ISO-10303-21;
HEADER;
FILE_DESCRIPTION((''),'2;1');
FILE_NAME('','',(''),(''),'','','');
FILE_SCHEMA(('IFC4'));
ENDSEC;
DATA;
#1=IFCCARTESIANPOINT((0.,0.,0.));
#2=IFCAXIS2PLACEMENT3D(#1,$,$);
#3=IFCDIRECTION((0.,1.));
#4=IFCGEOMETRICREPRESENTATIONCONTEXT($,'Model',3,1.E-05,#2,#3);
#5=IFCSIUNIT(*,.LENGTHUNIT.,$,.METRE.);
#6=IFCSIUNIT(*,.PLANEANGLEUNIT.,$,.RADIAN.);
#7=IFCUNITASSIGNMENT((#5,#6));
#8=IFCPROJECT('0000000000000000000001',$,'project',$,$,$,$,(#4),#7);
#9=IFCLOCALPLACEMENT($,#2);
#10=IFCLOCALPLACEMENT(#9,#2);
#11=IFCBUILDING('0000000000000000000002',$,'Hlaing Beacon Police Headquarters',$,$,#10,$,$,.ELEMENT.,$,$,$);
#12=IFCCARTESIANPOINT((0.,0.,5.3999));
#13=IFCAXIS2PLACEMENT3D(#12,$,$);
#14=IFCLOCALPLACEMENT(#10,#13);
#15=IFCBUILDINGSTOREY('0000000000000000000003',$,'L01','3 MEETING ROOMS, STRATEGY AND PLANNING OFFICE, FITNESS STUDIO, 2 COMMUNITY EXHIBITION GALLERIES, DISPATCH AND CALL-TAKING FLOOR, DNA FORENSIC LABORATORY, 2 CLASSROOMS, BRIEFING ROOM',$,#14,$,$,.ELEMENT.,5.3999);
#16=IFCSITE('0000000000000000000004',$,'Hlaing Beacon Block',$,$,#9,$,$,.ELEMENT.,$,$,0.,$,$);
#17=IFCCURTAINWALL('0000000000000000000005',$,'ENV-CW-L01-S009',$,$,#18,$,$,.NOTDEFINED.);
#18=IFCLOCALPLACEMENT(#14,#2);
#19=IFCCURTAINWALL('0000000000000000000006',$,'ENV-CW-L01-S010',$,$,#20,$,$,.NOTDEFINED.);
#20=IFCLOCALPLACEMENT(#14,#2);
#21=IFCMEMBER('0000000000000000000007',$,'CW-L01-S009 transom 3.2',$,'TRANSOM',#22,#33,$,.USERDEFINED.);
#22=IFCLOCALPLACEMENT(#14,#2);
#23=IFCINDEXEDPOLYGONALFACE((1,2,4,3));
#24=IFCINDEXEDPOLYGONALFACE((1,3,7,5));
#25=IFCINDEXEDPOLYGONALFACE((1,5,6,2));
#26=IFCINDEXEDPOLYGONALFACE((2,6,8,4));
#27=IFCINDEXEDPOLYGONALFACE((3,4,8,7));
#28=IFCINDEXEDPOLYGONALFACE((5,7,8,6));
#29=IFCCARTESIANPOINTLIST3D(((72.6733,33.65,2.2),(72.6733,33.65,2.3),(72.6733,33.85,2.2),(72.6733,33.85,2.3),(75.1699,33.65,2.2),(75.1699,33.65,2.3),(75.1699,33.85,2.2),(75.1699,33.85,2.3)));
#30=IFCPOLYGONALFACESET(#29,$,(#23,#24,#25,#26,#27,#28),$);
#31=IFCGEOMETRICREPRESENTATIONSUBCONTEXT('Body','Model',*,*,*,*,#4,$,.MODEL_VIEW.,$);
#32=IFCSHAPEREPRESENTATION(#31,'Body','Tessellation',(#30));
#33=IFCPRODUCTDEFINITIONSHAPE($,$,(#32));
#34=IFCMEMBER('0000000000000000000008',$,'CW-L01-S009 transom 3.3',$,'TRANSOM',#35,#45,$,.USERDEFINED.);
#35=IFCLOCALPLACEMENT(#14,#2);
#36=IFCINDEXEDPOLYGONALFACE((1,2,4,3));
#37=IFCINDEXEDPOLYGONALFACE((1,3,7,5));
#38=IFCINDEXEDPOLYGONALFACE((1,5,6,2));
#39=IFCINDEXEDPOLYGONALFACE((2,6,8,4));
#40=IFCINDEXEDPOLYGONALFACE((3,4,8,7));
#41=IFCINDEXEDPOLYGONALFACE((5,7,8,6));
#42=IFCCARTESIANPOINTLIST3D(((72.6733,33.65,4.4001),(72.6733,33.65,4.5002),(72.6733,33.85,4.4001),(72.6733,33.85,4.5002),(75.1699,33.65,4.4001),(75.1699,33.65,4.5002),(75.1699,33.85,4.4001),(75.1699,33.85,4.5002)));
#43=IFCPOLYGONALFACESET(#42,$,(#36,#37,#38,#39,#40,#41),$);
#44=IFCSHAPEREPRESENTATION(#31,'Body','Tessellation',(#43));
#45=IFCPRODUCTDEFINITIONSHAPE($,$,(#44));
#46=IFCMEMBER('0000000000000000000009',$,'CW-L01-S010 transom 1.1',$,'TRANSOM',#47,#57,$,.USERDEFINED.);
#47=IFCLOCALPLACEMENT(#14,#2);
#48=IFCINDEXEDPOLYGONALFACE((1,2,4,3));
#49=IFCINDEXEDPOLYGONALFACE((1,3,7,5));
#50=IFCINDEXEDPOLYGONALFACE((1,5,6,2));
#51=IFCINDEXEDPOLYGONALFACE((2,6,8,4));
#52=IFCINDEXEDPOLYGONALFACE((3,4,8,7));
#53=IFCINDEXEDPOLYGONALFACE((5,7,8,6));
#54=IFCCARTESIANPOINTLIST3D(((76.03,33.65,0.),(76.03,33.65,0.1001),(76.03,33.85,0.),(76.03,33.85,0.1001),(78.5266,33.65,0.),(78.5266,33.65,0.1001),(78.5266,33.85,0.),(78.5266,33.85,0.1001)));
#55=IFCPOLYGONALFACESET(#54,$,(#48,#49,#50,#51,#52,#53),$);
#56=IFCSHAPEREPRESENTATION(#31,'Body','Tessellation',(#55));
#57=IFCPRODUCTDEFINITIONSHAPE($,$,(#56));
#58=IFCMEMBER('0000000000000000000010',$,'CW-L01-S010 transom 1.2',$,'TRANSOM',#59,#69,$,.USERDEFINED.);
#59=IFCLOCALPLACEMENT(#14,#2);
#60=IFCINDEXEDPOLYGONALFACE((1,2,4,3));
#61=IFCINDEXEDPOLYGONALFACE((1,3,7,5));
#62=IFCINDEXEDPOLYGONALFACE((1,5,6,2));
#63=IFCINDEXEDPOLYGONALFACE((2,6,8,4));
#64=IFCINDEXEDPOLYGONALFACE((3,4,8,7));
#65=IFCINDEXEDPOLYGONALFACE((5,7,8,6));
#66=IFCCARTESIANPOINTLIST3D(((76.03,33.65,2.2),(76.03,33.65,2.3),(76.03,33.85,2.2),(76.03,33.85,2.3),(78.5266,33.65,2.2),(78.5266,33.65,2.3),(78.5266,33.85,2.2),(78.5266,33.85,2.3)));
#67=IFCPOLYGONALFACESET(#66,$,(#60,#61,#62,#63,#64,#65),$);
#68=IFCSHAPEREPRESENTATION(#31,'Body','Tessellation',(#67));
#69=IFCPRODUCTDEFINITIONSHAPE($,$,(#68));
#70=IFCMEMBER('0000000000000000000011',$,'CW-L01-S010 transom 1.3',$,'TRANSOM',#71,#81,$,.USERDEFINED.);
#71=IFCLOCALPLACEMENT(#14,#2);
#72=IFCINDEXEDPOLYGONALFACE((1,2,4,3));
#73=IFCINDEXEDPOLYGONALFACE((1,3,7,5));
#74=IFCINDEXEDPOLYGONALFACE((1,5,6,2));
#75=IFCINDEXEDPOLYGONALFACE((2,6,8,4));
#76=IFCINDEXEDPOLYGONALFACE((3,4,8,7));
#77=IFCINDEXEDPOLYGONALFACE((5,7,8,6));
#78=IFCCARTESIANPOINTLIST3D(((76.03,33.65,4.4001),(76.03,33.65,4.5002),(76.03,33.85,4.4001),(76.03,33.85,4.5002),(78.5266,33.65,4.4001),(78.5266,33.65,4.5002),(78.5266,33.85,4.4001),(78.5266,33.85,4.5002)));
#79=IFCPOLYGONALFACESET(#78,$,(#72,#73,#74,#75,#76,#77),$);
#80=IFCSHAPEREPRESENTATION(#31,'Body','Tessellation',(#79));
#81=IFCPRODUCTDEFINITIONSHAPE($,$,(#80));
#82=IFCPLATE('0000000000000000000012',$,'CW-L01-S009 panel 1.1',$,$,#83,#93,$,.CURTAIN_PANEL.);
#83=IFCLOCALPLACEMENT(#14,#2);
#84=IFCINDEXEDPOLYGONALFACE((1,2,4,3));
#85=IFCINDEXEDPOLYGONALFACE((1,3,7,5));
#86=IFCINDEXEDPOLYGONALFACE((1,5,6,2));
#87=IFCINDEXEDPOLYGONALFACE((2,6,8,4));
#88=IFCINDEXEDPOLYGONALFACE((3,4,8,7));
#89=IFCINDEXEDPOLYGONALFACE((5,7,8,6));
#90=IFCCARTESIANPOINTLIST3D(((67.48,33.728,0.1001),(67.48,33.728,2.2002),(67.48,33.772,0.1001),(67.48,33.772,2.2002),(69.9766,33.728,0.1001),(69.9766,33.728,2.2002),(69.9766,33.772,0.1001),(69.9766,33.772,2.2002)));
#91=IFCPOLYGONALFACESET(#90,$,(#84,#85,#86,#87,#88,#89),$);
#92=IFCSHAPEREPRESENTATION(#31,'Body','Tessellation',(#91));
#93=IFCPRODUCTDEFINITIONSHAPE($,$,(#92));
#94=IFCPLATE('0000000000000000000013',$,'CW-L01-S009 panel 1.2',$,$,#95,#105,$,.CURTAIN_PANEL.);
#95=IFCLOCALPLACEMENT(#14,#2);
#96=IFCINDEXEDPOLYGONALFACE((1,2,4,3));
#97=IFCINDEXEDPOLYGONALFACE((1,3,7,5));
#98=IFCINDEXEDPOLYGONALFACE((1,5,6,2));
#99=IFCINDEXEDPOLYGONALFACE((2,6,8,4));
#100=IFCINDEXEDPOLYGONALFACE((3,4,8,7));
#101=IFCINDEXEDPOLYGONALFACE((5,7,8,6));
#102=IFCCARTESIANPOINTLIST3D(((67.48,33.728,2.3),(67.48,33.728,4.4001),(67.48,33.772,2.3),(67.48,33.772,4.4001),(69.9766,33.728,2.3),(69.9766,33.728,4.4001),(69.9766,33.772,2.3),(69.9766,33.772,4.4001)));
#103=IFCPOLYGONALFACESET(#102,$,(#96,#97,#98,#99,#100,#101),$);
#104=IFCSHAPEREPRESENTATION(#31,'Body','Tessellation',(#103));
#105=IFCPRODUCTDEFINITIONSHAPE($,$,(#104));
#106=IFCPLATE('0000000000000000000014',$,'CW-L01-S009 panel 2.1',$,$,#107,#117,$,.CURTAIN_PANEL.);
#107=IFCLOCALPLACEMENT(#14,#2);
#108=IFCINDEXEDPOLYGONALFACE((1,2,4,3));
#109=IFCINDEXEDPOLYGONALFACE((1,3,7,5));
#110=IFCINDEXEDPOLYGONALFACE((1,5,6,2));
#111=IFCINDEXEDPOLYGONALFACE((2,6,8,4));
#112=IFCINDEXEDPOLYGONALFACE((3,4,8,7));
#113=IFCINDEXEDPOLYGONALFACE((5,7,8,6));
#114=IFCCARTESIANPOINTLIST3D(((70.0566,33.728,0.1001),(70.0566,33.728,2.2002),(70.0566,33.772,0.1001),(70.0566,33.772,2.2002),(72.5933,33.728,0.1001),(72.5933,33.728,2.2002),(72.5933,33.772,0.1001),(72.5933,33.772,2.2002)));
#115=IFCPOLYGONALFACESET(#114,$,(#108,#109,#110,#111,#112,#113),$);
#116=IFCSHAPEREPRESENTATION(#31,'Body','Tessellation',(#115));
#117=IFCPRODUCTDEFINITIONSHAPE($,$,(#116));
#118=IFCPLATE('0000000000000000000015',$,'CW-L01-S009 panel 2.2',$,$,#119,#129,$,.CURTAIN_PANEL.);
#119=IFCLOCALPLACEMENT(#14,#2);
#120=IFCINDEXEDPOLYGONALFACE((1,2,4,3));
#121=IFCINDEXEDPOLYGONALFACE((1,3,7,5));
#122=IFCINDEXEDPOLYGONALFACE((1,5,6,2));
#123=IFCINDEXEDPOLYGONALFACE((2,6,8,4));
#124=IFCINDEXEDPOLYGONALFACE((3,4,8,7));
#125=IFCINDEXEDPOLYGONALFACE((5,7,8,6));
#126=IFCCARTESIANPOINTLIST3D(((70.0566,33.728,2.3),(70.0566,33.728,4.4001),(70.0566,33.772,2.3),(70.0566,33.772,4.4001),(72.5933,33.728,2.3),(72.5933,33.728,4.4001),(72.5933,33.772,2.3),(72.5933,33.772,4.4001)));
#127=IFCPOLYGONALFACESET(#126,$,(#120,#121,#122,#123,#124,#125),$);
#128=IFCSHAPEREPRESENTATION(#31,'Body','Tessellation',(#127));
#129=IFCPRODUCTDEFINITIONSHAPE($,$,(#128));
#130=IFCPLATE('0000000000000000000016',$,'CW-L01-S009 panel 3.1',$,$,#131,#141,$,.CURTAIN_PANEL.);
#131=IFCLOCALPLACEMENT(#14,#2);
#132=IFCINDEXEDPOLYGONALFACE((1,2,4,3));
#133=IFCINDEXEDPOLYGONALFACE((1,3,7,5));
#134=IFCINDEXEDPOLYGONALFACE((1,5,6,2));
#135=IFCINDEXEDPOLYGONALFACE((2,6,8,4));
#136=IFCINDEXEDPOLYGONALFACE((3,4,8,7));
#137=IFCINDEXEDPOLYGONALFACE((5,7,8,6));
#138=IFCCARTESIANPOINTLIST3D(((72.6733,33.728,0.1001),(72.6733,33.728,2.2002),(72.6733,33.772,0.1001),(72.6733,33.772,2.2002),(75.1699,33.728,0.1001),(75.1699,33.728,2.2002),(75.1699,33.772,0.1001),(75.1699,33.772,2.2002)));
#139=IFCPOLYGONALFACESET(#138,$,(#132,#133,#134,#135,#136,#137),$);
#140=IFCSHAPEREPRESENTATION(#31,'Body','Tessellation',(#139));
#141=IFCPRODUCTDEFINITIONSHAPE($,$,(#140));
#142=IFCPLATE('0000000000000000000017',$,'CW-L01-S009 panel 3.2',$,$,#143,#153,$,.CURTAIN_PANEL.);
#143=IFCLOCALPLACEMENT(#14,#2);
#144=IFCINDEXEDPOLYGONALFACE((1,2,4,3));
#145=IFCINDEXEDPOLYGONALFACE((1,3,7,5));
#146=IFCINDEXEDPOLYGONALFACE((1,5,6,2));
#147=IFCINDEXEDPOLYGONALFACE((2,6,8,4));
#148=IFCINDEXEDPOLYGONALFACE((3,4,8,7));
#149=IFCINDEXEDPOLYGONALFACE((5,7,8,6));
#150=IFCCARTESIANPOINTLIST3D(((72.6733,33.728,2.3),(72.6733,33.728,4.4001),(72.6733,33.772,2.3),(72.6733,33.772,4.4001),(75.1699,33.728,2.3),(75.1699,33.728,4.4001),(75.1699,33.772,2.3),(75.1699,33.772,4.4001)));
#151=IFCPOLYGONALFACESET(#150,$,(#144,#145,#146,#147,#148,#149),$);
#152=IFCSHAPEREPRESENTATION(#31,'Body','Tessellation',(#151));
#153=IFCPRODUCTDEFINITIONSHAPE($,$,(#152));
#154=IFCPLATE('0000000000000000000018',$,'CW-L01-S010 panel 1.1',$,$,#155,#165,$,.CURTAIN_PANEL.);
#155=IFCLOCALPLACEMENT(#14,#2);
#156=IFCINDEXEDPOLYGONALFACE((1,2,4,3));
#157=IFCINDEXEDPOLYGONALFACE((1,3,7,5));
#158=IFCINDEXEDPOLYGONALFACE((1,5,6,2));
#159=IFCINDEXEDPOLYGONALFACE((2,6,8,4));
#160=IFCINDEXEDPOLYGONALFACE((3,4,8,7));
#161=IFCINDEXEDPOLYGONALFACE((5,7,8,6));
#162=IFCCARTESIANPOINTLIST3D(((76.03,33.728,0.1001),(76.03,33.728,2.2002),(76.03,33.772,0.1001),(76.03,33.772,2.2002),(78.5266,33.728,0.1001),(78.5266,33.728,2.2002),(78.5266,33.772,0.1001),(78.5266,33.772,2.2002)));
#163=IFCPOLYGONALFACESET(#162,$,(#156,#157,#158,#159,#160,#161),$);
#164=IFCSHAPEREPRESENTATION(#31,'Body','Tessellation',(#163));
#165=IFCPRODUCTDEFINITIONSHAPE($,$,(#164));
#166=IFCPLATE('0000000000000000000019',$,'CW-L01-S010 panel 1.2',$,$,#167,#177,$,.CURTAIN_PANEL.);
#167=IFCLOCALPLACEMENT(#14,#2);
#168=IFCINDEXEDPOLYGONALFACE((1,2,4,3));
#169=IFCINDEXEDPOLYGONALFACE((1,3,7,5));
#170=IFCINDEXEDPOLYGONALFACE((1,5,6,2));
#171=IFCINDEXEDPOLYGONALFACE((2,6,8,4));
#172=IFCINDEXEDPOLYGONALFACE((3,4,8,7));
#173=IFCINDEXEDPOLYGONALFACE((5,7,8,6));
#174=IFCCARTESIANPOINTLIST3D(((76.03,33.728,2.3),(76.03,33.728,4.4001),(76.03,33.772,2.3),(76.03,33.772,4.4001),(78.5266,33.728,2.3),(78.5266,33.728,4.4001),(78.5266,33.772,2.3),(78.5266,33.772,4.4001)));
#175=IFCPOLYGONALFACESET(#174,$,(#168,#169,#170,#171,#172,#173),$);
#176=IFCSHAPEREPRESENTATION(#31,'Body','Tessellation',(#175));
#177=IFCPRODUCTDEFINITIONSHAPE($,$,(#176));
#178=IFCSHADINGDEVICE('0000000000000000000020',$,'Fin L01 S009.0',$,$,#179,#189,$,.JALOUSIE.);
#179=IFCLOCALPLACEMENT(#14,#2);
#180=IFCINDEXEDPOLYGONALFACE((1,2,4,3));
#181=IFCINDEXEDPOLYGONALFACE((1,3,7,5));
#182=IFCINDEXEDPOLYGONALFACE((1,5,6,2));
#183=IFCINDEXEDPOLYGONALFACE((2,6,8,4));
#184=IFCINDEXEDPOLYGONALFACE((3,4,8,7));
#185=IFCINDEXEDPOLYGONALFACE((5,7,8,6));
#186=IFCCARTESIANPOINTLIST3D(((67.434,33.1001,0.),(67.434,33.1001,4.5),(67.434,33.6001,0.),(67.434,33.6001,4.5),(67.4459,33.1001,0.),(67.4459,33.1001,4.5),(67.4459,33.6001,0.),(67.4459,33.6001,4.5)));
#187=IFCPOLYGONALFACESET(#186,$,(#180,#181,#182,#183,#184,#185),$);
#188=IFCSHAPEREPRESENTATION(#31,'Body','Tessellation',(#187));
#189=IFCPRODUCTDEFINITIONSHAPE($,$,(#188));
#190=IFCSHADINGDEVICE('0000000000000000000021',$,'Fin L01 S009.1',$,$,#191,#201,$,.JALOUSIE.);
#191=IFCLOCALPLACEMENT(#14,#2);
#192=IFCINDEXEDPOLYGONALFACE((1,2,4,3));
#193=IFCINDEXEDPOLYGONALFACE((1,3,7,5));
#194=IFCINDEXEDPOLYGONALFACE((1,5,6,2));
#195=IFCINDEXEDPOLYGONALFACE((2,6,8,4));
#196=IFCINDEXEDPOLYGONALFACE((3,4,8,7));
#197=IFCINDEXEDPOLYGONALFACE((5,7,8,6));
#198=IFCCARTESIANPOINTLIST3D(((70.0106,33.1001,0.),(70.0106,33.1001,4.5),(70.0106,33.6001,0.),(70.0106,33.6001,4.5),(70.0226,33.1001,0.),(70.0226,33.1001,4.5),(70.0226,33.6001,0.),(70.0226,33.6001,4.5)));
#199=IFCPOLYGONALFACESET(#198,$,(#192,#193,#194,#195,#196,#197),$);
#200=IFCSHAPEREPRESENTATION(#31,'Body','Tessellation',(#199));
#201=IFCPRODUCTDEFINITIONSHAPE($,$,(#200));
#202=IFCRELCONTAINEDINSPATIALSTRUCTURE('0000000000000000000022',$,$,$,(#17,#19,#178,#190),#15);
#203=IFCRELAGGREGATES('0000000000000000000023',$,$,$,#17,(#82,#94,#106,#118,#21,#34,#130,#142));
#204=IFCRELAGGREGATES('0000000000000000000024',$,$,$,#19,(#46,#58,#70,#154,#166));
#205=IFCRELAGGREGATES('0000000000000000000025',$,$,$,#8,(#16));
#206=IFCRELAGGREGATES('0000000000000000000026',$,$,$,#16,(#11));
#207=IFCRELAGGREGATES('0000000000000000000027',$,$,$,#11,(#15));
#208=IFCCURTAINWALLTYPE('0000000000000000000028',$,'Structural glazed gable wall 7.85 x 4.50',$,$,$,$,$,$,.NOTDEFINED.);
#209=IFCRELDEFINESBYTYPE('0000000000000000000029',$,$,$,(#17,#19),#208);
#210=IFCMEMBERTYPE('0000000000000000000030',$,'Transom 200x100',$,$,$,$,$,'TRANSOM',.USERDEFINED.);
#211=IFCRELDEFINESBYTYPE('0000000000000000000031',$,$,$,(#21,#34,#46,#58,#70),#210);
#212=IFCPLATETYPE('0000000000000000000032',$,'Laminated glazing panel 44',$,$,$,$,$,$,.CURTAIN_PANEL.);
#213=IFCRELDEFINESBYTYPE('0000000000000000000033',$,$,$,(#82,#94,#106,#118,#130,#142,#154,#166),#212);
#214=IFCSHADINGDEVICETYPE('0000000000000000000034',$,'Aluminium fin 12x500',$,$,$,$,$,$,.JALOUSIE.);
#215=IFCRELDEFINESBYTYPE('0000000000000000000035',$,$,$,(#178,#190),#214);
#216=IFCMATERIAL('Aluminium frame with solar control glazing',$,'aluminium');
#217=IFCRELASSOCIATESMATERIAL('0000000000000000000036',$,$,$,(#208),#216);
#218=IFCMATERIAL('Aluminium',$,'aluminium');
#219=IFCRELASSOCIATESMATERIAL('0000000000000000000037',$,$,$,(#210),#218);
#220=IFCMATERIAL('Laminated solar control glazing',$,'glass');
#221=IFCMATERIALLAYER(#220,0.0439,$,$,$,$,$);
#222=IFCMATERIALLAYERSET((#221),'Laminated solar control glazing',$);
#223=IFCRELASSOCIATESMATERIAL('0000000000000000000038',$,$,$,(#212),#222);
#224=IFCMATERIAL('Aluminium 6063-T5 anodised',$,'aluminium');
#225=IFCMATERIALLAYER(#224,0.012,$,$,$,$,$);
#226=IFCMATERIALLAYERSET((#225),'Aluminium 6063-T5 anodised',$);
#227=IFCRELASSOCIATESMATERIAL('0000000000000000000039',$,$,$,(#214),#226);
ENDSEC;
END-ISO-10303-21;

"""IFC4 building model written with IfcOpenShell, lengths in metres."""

from ifc_helpers import new_model, si_unit, direction, frame, origin, origin_2d, place, context, subcontext, project, spatial, rectangle, extrude, material, layer, layer_set, material_profile, profile_set, type_object, element, aggregate, save


model = new_model("IFC4")

# Units and contexts
model_context = context("Model", 3, precision=1e-05, world=origin(), true_north=direction((0.0, 1.0)))
body_context = subcontext(model_context, "Body", "Model", "MODEL_VIEW")
ifc_project = project(units=[si_unit("LENGTHUNIT", "METRE"), si_unit("PLANEANGLEUNIT", "RADIAN")], contexts=[model_context])

# Site, building, storey
site_placement = place(None, origin())
site = spatial("IfcSite", under=ifc_project, at=site_placement, Name="Hlaing Beacon Block", CompositionType="ELEMENT", RefElevation=0.0)
building_placement = place(site_placement, origin())
building = spatial("IfcBuilding", under=site, at=building_placement, Name="Hlaing Beacon Police Headquarters", CompositionType="ELEMENT")
storey_placement = place(building_placement, frame((0.0, 0.0, 5.3999)))
storey = spatial("IfcBuildingStorey", under=building, at=storey_placement, Name="L01", Description="3 MEETING ROOMS, STRATEGY AND PLANNING OFFICE, FITNESS STUDIO, 2 COMMUNITY EXHIBITION GALLERIES, DISPATCH AND CALL-TAKING FLOOR, DNA FORENSIC LABORATORY, 2 CLASSROOMS, BRIEFING ROOM", CompositionType="ELEMENT", Elevation=5.3999)

# Curtain walls
ifc_material_1 = material(Name="Aluminium frame with solar control glazing", Category="aluminium")
curtain_wall_type = type_object("IfcCurtainWallType", Name="Structural glazed gable wall 7.85 x 4.50", PredefinedType="NOTDEFINED", material=ifc_material_1)
curtain_wall_1_placement = place(storey_placement, origin())
curtain_wall_1 = element("IfcCurtainWall", 1, at=curtain_wall_1_placement, inside=storey, type_object=curtain_wall_type, Name="ENV-CW-L01-S009", PredefinedType="NOTDEFINED")
curtain_wall_2_placement = place(storey_placement, origin())
curtain_wall_2 = element("IfcCurtainWall", 2, at=curtain_wall_2_placement, inside=storey, type_object=curtain_wall_type, Name="ENV-CW-L01-S010", PredefinedType="NOTDEFINED")

# Members
ifc_material_2 = material(Name="Aluminium", Category="aluminium")
ifc_material_profile_1 = material_profile(ifc_material_2, rectangle(XDim=0.2, YDim=0.1001, at=origin_2d()), Name="Transom 200x100")
ifc_profile_set_1 = profile_set([ifc_material_profile_1], Name="Aluminium")
member_type_1 = type_object("IfcMemberType", Name="Transom 200x100", ElementType="TRANSOM", PredefinedType="USERDEFINED", material=ifc_profile_set_1)
member_1_placement = place(storey_placement, frame((72.6733, 33.75, 2.25), z_axis=(1.0, 0.0, 0.0), x_axis=(0.0, 1.0, 0.0)))
member_1 = element("IfcMember", 3, at=member_1_placement, type_object=member_type_1, Name="CW-L01-S009 transom 3.2", ObjectType="TRANSOM", PredefinedType="USERDEFINED", context=body_context, shape_type="SweptSolid", body=[
    extrude(rectangle(XDim=0.2, YDim=0.1001, at=origin_2d()), origin(), (0.0, 0.0, 1.0), 2.4966),
])
member_2_placement = place(storey_placement, frame((72.6733, 33.75, 4.4502), z_axis=(1.0, 0.0, 0.0), x_axis=(0.0, 1.0, 0.0)))
member_2 = element("IfcMember", 4, at=member_2_placement, type_object=member_type_1, Name="CW-L01-S009 transom 3.3", ObjectType="TRANSOM", PredefinedType="USERDEFINED", context=body_context, shape_type="SweptSolid", body=[
    extrude(rectangle(XDim=0.2, YDim=0.1001, at=origin_2d()), origin(), (0.0, 0.0, 1.0), 2.4966),
])
member_3_placement = place(storey_placement, frame((76.03, 33.75, 0.05), z_axis=(1.0, 0.0, 0.0), x_axis=(0.0, 1.0, 0.0)))
member_3 = element("IfcMember", 5, at=member_3_placement, type_object=member_type_1, Name="CW-L01-S010 transom 1.1", ObjectType="TRANSOM", PredefinedType="USERDEFINED", context=body_context, shape_type="SweptSolid", body=[
    extrude(rectangle(XDim=0.2, YDim=0.1001, at=origin_2d()), origin(), (0.0, 0.0, 1.0), 2.4966),
])
member_4_placement = place(storey_placement, frame((76.03, 33.75, 2.25), z_axis=(1.0, 0.0, 0.0), x_axis=(0.0, 1.0, 0.0)))
member_4 = element("IfcMember", 6, at=member_4_placement, type_object=member_type_1, Name="CW-L01-S010 transom 1.2", ObjectType="TRANSOM", PredefinedType="USERDEFINED", context=body_context, shape_type="SweptSolid", body=[
    extrude(rectangle(XDim=0.2, YDim=0.1001, at=origin_2d()), origin(), (0.0, 0.0, 1.0), 2.4966),
])
member_5_placement = place(storey_placement, frame((76.03, 33.75, 4.4502), z_axis=(1.0, 0.0, 0.0), x_axis=(0.0, 1.0, 0.0)))
member_5 = element("IfcMember", 7, at=member_5_placement, type_object=member_type_1, Name="CW-L01-S010 transom 1.3", ObjectType="TRANSOM", PredefinedType="USERDEFINED", context=body_context, shape_type="SweptSolid", body=[
    extrude(rectangle(XDim=0.2, YDim=0.1001, at=origin_2d()), origin(), (0.0, 0.0, 1.0), 2.4966),
])

# Plates
ifc_material_3 = material(Name="Laminated solar control glazing", Category="glass")
ifc_layer_1 = layer(ifc_material_3, 0.0439)
ifc_layer_set_1 = layer_set([ifc_layer_1], Name="Laminated solar control glazing")
plate_type = type_object("IfcPlateType", Name="Laminated glazing panel 44", PredefinedType="CURTAIN_PANEL", material=ifc_layer_set_1)
plate_1_placement = place(storey_placement, frame((68.7283, 33.75, 0.1001), z_axis=(0.0, 0.0, 1.0), x_axis=(1.0, 0.0, 0.0)))
plate_1 = element("IfcPlate", 8, at=plate_1_placement, type_object=plate_type, Name="CW-L01-S009 panel 1.1", PredefinedType="CURTAIN_PANEL", context=body_context, shape_type="SweptSolid", body=[
    extrude(rectangle(XDim=2.4966, YDim=0.0439, at=origin_2d()), origin(), (0.0, 0.0, 1.0), 2.1001),
])
plate_2_placement = place(storey_placement, frame((68.7283, 33.75, 2.3), z_axis=(0.0, 0.0, 1.0), x_axis=(1.0, 0.0, 0.0)))
plate_2 = element("IfcPlate", 9, at=plate_2_placement, type_object=plate_type, Name="CW-L01-S009 panel 1.2", PredefinedType="CURTAIN_PANEL", context=body_context, shape_type="SweptSolid", body=[
    extrude(rectangle(XDim=2.4966, YDim=0.0439, at=origin_2d()), origin(), (0.0, 0.0, 1.0), 2.1001),
])
plate_3_placement = place(storey_placement, frame((71.325, 33.75, 0.1001), z_axis=(0.0, 0.0, 1.0), x_axis=(1.0, 0.0, 0.0)))
plate_3 = element("IfcPlate", 10, at=plate_3_placement, type_object=plate_type, Name="CW-L01-S009 panel 2.1", PredefinedType="CURTAIN_PANEL", context=body_context, shape_type="SweptSolid", body=[
    extrude(rectangle(XDim=2.5366, YDim=0.0439, at=origin_2d()), origin(), (0.0, 0.0, 1.0), 2.1001),
])
plate_4_placement = place(storey_placement, frame((71.325, 33.75, 2.3), z_axis=(0.0, 0.0, 1.0), x_axis=(1.0, 0.0, 0.0)))
plate_4 = element("IfcPlate", 11, at=plate_4_placement, type_object=plate_type, Name="CW-L01-S009 panel 2.2", PredefinedType="CURTAIN_PANEL", context=body_context, shape_type="SweptSolid", body=[
    extrude(rectangle(XDim=2.5366, YDim=0.0439, at=origin_2d()), origin(), (0.0, 0.0, 1.0), 2.1001),
])
plate_5_placement = place(storey_placement, frame((73.9216, 33.75, 0.1001), z_axis=(0.0, 0.0, 1.0), x_axis=(1.0, 0.0, 0.0)))
plate_5 = element("IfcPlate", 12, at=plate_5_placement, type_object=plate_type, Name="CW-L01-S009 panel 3.1", PredefinedType="CURTAIN_PANEL", context=body_context, shape_type="SweptSolid", body=[
    extrude(rectangle(XDim=2.4966, YDim=0.0439, at=origin_2d()), origin(), (0.0, 0.0, 1.0), 2.1001),
])
plate_6_placement = place(storey_placement, frame((73.9216, 33.75, 2.3), z_axis=(0.0, 0.0, 1.0), x_axis=(1.0, 0.0, 0.0)))
plate_6 = element("IfcPlate", 13, at=plate_6_placement, type_object=plate_type, Name="CW-L01-S009 panel 3.2", PredefinedType="CURTAIN_PANEL", context=body_context, shape_type="SweptSolid", body=[
    extrude(rectangle(XDim=2.4966, YDim=0.0439, at=origin_2d()), origin(), (0.0, 0.0, 1.0), 2.1001),
])
aggregate(curtain_wall_1, [plate_1, plate_2, plate_3, plate_4, member_1, member_2, plate_5, plate_6])
plate_7_placement = place(storey_placement, frame((77.2783, 33.75, 0.1001), z_axis=(0.0, 0.0, 1.0), x_axis=(1.0, 0.0, 0.0)))
plate_7 = element("IfcPlate", 14, at=plate_7_placement, type_object=plate_type, Name="CW-L01-S010 panel 1.1", PredefinedType="CURTAIN_PANEL", context=body_context, shape_type="SweptSolid", body=[
    extrude(rectangle(XDim=2.4966, YDim=0.0439, at=origin_2d()), origin(), (0.0, 0.0, 1.0), 2.1001),
])
plate_8_placement = place(storey_placement, frame((77.2783, 33.75, 2.3), z_axis=(0.0, 0.0, 1.0), x_axis=(1.0, 0.0, 0.0)))
plate_8 = element("IfcPlate", 15, at=plate_8_placement, type_object=plate_type, Name="CW-L01-S010 panel 1.2", PredefinedType="CURTAIN_PANEL", context=body_context, shape_type="SweptSolid", body=[
    extrude(rectangle(XDim=2.4966, YDim=0.0439, at=origin_2d()), origin(), (0.0, 0.0, 1.0), 2.1001),
])
aggregate(curtain_wall_2, [member_3, member_4, member_5, plate_7, plate_8])

# Shading devices
ifc_material_4 = material(Name="Aluminium 6063-T5 anodised", Category="aluminium")
ifc_layer_2 = layer(ifc_material_4, 0.012)
ifc_layer_set_2 = layer_set([ifc_layer_2], Name="Aluminium 6063-T5 anodised")
shading_device_type = type_object("IfcShadingDeviceType", Name="Aluminium fin 12x500", PredefinedType="JALOUSIE", material=ifc_layer_set_2)
for number, where, z_axis, x_axis, name in (
    (16, (67.4399, 33.3501, 0.0), (0.0, 0.0, 1.0), (1.0, 0.0, 0.0), "Fin L01 S009.0"),
    (17, (70.0166, 33.3501, 0.0), (0.0, 0.0, 1.0), (1.0, 0.0, 0.0), "Fin L01 S009.1"),
):
    element("IfcShadingDevice", number, at=place(storey_placement, frame(where, z_axis=z_axis, x_axis=x_axis)), inside=storey, type_object=shading_device_type, Name=name, PredefinedType="JALOUSIE", context=body_context, shape_type="SweptSolid", body=[
        extrude(rectangle(XDim=0.012, YDim=0.5, at=origin_2d()), origin(), (0.0, 0.0, 1.0), 4.5),
    ])

save(model, "model.ifc")
